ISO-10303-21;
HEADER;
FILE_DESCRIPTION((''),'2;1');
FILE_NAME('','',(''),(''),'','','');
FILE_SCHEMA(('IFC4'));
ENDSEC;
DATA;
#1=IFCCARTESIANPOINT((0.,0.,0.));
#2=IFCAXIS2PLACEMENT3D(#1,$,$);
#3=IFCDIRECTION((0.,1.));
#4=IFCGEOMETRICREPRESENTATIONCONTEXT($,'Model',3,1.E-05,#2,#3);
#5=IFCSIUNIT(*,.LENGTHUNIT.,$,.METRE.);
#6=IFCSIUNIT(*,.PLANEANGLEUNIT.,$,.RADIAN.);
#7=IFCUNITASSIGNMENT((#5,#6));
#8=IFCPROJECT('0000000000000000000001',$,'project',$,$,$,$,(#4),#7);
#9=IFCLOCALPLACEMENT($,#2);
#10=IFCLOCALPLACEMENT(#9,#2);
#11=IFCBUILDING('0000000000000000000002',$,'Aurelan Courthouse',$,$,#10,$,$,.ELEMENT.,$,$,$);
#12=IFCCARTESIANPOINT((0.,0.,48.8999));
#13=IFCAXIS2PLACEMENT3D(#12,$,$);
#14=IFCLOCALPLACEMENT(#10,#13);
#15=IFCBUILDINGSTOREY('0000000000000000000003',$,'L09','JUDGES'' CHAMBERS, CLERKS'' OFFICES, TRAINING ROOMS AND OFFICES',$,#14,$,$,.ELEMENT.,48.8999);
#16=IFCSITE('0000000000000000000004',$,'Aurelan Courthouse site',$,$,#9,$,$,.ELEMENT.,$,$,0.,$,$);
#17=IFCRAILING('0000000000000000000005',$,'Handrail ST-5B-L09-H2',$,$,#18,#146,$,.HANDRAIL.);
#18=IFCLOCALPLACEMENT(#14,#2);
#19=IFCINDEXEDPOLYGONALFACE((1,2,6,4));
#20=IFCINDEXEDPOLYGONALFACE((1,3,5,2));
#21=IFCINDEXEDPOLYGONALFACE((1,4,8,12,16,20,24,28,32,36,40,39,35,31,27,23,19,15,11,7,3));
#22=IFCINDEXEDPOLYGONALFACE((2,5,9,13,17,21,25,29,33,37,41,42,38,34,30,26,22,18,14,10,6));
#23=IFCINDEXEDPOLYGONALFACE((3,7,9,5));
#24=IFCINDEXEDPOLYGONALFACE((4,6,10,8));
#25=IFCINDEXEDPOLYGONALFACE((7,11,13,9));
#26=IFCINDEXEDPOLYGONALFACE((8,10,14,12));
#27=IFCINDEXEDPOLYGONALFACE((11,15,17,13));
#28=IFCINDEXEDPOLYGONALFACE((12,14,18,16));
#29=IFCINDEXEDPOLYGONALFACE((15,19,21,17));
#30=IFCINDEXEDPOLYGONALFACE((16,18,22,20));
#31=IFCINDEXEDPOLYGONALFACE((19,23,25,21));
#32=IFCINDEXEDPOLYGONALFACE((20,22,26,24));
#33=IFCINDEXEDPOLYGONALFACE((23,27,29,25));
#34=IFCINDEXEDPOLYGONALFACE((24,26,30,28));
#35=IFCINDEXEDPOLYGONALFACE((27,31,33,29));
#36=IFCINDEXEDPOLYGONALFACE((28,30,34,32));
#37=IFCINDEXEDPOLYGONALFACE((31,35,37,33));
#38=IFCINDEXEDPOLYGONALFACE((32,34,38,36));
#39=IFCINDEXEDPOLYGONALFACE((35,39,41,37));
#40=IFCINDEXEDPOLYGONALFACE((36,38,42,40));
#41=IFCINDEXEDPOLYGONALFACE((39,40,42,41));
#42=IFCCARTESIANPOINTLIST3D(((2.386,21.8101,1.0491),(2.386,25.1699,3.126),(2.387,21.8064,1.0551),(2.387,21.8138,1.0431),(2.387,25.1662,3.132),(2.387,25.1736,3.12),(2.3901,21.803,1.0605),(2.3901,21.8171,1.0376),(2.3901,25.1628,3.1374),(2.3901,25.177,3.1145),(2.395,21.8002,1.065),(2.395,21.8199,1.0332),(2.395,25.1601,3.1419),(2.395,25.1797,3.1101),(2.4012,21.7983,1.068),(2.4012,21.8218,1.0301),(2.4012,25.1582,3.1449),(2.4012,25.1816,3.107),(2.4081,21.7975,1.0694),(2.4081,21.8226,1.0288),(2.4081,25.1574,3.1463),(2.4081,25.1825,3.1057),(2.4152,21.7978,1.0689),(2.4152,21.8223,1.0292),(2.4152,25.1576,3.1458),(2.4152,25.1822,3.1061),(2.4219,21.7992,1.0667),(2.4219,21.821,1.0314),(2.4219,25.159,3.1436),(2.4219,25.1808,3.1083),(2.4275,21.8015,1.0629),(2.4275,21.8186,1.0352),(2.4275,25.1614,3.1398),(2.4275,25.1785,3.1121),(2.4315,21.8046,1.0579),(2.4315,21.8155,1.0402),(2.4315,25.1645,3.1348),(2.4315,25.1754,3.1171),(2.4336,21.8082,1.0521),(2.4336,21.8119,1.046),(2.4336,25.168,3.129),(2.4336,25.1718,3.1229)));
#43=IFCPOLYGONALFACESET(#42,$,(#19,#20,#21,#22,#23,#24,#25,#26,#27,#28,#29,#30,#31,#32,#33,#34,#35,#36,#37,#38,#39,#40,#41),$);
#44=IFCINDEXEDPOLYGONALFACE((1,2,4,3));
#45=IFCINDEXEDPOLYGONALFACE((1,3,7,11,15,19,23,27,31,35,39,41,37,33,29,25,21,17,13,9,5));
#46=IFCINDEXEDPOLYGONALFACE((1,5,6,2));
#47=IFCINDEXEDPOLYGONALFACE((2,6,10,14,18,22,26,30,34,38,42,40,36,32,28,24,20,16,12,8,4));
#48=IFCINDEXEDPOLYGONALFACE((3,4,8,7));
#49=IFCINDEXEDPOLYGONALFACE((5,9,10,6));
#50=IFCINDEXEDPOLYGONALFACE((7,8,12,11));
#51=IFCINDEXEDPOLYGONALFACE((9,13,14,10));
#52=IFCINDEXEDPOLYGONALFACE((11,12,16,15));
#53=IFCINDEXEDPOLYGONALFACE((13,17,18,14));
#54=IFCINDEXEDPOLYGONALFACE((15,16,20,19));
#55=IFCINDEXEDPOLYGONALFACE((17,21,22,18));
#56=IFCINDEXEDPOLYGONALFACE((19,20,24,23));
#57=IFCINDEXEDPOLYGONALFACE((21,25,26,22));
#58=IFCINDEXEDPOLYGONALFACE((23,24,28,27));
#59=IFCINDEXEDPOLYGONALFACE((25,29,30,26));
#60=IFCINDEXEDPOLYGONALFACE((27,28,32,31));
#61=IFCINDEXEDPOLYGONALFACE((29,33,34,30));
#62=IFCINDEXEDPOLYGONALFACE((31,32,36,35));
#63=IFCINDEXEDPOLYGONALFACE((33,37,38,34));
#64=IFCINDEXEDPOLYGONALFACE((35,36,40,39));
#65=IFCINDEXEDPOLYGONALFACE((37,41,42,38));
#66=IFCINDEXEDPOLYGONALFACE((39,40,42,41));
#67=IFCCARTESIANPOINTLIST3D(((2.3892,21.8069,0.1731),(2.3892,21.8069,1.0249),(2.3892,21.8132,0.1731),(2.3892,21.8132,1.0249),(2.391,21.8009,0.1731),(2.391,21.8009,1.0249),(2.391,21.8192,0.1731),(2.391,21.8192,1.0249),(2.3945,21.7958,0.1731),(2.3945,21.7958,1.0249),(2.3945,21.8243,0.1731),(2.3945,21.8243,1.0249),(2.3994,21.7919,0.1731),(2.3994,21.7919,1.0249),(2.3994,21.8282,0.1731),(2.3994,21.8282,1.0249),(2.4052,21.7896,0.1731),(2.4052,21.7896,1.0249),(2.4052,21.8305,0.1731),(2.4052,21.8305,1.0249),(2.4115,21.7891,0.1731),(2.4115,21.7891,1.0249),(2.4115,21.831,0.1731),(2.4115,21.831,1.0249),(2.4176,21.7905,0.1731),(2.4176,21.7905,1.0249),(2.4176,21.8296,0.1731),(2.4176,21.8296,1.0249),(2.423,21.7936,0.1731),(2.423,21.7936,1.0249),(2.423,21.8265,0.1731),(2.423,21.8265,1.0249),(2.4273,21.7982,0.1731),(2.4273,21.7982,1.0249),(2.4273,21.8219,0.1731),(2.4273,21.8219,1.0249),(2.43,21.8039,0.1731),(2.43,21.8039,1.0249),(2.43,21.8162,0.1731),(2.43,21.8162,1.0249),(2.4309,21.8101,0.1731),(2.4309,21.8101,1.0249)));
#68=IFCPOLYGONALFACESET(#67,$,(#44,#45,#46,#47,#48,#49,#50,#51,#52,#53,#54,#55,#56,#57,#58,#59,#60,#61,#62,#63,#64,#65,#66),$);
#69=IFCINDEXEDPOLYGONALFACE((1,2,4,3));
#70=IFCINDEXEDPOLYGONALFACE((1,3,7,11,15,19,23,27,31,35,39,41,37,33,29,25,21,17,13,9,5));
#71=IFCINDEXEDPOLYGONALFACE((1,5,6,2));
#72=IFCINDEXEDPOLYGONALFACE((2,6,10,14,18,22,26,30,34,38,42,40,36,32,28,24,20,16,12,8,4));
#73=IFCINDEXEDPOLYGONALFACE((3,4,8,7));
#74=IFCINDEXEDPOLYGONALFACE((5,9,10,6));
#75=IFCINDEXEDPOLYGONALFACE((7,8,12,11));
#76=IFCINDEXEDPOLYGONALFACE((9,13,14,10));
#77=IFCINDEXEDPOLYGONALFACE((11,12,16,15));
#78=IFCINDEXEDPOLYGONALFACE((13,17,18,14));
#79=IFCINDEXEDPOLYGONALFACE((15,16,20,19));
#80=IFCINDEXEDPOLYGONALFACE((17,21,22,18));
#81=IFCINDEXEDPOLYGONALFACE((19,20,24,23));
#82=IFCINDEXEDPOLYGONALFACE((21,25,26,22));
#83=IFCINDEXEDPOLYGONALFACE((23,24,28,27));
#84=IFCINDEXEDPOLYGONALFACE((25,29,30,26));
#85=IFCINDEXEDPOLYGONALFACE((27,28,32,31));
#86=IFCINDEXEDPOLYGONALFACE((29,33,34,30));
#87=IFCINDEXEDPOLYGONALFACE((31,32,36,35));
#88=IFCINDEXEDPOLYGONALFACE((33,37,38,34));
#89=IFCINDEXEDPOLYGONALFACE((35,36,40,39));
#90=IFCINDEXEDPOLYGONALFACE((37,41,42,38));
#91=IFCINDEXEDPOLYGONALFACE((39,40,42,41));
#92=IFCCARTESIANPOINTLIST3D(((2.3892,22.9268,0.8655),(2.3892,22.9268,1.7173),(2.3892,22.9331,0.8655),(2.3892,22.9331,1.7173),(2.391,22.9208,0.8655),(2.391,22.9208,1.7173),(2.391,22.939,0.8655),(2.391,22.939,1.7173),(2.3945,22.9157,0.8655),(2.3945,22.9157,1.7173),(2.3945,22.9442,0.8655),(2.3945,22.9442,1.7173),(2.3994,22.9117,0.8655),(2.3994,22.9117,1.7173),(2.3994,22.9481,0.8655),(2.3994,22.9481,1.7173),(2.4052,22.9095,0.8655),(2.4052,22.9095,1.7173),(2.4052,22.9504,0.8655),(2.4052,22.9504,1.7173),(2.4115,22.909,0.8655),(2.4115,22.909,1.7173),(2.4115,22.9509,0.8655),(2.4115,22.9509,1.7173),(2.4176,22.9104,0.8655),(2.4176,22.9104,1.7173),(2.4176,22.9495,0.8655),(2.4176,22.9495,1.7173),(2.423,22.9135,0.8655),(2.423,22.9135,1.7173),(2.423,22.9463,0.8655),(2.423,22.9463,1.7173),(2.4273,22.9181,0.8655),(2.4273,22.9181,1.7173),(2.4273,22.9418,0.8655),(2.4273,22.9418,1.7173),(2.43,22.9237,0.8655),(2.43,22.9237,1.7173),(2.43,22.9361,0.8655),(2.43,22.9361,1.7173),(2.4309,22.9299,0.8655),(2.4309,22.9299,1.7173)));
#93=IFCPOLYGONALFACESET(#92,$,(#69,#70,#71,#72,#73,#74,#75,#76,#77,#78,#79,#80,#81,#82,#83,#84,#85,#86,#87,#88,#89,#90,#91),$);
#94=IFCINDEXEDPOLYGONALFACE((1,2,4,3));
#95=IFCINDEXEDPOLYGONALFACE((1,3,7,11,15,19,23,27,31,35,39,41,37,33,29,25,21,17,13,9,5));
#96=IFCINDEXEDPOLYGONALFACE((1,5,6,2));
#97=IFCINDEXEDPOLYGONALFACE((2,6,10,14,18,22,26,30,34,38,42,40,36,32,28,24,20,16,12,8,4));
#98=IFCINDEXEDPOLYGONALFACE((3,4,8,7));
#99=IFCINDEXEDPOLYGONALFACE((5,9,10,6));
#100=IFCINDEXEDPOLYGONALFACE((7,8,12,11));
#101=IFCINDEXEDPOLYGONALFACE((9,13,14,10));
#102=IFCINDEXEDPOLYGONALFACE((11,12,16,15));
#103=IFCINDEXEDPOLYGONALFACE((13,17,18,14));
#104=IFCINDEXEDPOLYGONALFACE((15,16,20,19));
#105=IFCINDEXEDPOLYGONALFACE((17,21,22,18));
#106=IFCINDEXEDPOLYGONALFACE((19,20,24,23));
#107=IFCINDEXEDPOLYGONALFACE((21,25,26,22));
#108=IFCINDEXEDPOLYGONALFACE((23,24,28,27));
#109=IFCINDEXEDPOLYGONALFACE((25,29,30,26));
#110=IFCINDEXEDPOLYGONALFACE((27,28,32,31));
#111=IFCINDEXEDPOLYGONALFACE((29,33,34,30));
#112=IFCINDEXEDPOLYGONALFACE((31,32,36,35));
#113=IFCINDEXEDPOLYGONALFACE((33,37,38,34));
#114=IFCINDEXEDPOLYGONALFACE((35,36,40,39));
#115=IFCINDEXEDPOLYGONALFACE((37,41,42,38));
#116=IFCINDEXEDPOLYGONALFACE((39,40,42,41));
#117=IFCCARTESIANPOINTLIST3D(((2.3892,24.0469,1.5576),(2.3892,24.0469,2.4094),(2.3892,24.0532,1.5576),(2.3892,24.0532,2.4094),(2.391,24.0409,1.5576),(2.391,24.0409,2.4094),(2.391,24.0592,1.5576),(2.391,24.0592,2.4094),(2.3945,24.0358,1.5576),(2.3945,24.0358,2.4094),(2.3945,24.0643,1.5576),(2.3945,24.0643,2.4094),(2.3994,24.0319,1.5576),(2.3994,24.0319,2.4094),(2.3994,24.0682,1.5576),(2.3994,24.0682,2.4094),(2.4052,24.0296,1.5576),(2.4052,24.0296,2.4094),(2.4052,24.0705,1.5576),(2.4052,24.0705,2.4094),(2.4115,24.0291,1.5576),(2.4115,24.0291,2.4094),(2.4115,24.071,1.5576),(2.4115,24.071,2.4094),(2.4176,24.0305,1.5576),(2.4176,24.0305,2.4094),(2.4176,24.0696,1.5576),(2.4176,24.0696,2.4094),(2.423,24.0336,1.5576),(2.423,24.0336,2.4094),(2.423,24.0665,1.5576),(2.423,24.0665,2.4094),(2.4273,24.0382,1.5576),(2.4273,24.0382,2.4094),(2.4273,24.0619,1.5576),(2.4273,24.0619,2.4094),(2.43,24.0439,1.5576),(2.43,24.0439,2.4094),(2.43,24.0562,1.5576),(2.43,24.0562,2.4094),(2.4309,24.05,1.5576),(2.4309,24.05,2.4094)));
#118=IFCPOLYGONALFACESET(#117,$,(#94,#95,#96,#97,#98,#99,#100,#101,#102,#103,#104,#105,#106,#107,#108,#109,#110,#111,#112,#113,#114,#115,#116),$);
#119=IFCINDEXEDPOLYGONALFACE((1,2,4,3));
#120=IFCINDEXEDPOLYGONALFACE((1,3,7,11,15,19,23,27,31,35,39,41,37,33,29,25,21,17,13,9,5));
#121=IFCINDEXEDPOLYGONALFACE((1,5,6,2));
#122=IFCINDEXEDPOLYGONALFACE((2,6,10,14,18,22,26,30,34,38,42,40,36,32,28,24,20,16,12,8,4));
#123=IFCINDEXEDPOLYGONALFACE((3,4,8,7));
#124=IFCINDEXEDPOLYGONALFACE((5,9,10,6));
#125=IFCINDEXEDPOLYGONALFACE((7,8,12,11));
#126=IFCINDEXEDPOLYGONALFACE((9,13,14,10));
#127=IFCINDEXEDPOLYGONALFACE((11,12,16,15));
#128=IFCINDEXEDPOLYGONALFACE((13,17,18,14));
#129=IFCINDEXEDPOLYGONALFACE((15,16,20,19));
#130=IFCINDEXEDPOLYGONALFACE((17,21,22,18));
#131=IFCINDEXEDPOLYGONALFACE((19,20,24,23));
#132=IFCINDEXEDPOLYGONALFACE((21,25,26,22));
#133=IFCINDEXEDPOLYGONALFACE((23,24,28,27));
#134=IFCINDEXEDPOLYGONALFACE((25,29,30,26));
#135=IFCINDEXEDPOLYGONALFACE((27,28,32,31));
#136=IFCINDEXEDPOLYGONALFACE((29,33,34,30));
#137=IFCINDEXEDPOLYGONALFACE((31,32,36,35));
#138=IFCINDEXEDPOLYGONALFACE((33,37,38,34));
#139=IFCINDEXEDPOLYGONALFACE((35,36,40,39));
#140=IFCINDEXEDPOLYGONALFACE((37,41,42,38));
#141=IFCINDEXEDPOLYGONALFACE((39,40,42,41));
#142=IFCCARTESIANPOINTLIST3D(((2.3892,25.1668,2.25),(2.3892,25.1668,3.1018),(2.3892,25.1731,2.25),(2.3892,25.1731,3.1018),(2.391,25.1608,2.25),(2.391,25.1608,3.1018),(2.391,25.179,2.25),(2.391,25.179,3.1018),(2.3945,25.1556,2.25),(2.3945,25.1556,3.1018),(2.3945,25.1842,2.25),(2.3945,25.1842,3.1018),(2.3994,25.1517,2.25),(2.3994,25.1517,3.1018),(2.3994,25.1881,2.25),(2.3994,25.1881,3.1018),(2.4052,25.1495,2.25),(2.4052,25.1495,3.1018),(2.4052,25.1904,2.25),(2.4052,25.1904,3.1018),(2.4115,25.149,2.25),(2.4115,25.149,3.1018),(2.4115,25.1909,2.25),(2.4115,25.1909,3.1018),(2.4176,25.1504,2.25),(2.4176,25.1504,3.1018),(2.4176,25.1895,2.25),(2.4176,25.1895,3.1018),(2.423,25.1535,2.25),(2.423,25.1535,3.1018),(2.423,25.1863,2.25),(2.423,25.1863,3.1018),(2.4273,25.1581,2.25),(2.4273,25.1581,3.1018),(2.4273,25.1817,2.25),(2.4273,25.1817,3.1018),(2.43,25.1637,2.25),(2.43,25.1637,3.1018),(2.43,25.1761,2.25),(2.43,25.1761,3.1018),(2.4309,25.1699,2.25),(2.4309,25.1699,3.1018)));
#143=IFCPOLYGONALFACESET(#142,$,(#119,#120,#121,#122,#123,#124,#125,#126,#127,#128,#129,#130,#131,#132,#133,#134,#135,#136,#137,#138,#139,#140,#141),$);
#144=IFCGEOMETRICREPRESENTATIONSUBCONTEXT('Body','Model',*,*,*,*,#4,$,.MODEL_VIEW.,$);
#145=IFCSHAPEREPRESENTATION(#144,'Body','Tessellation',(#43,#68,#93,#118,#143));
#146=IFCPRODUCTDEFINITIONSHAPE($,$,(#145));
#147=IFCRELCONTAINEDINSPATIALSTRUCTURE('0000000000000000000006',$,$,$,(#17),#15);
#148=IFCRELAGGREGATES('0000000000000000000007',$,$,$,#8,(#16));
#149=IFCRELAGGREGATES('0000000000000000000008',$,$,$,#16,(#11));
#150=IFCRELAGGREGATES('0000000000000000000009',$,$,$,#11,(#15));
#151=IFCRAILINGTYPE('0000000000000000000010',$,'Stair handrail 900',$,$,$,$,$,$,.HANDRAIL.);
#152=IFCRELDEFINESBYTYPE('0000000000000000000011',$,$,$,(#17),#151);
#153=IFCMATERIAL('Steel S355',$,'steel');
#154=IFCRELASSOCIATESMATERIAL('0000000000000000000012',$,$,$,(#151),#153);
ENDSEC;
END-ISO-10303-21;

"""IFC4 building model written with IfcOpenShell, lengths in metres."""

from ifc_helpers import new_model, si_unit, direction, frame, origin, origin_2d, place, context, subcontext, project, spatial, circle, extrude, material, type_object, element, save


model = new_model("IFC4")

# Units and contexts
model_context = context("Model", 3, precision=1e-05, world=origin(), true_north=direction((0.0, 1.0)))
body_context = subcontext(model_context, "Body", "Model", "MODEL_VIEW")
ifc_project = project(units=[si_unit("LENGTHUNIT", "METRE"), si_unit("PLANEANGLEUNIT", "RADIAN")], contexts=[model_context])

# Site, building, storey
site_placement = place(None, origin())
site = spatial("IfcSite", under=ifc_project, at=site_placement, Name="Aurelan Courthouse site", CompositionType="ELEMENT", RefElevation=0.0)
building_placement = place(site_placement, origin())
building = spatial("IfcBuilding", under=site, at=building_placement, Name="Aurelan Courthouse", CompositionType="ELEMENT")
storey_placement = place(building_placement, frame((0.0, 0.0, 48.8999)))
storey = spatial("IfcBuildingStorey", under=building, at=storey_placement, Name="L09", Description="JUDGES' CHAMBERS, CLERKS' OFFICES, TRAINING ROOMS AND OFFICES", CompositionType="ELEMENT", Elevation=48.8999)

# Railing
ifc_material_1 = material(Name="Steel S355", Category="steel")
railing_type_1 = type_object("IfcRailingType", Name="Stair handrail 900", PredefinedType="HANDRAIL", material=ifc_material_1)
for number, where, name in (
    (1, (2.4099, 21.8101, 0.1731), "Handrail ST-5B-L09-H2"),
):
    element("IfcRailing", number, at=place(storey_placement, frame(where)), inside=storey, type_object=railing_type_1, Name=name, PredefinedType="HANDRAIL", context=body_context, shape_type="SweptSolid", body=[
        extrude(circle(Radius=0.0239, at=origin_2d()), frame((0.0, 0.0, 0.876), z_axis=(0.0, 0.850606, 0.525803), x_axis=(-1.0, 0.0, 0.0)), (0.0, 0.0, 1.0), 3.95),
        extrude(circle(Radius=0.021, at=origin_2d()), origin(), (0.0, 0.0, 1.0), 0.8518),
        extrude(circle(Radius=0.021, at=origin_2d()), frame((0.0, 1.1199, 0.6924)), (0.0, 0.0, 1.0), 0.8518),
        extrude(circle(Radius=0.021, at=origin_2d()), frame((0.0, 2.24, 1.3845)), (0.0, 0.0, 1.0), 0.8518),
        extrude(circle(Radius=0.021, at=origin_2d()), frame((0.0, 3.3599, 2.0769)), (0.0, 0.0, 1.0), 0.8518),
    ])

save(model, "model.ifc")
